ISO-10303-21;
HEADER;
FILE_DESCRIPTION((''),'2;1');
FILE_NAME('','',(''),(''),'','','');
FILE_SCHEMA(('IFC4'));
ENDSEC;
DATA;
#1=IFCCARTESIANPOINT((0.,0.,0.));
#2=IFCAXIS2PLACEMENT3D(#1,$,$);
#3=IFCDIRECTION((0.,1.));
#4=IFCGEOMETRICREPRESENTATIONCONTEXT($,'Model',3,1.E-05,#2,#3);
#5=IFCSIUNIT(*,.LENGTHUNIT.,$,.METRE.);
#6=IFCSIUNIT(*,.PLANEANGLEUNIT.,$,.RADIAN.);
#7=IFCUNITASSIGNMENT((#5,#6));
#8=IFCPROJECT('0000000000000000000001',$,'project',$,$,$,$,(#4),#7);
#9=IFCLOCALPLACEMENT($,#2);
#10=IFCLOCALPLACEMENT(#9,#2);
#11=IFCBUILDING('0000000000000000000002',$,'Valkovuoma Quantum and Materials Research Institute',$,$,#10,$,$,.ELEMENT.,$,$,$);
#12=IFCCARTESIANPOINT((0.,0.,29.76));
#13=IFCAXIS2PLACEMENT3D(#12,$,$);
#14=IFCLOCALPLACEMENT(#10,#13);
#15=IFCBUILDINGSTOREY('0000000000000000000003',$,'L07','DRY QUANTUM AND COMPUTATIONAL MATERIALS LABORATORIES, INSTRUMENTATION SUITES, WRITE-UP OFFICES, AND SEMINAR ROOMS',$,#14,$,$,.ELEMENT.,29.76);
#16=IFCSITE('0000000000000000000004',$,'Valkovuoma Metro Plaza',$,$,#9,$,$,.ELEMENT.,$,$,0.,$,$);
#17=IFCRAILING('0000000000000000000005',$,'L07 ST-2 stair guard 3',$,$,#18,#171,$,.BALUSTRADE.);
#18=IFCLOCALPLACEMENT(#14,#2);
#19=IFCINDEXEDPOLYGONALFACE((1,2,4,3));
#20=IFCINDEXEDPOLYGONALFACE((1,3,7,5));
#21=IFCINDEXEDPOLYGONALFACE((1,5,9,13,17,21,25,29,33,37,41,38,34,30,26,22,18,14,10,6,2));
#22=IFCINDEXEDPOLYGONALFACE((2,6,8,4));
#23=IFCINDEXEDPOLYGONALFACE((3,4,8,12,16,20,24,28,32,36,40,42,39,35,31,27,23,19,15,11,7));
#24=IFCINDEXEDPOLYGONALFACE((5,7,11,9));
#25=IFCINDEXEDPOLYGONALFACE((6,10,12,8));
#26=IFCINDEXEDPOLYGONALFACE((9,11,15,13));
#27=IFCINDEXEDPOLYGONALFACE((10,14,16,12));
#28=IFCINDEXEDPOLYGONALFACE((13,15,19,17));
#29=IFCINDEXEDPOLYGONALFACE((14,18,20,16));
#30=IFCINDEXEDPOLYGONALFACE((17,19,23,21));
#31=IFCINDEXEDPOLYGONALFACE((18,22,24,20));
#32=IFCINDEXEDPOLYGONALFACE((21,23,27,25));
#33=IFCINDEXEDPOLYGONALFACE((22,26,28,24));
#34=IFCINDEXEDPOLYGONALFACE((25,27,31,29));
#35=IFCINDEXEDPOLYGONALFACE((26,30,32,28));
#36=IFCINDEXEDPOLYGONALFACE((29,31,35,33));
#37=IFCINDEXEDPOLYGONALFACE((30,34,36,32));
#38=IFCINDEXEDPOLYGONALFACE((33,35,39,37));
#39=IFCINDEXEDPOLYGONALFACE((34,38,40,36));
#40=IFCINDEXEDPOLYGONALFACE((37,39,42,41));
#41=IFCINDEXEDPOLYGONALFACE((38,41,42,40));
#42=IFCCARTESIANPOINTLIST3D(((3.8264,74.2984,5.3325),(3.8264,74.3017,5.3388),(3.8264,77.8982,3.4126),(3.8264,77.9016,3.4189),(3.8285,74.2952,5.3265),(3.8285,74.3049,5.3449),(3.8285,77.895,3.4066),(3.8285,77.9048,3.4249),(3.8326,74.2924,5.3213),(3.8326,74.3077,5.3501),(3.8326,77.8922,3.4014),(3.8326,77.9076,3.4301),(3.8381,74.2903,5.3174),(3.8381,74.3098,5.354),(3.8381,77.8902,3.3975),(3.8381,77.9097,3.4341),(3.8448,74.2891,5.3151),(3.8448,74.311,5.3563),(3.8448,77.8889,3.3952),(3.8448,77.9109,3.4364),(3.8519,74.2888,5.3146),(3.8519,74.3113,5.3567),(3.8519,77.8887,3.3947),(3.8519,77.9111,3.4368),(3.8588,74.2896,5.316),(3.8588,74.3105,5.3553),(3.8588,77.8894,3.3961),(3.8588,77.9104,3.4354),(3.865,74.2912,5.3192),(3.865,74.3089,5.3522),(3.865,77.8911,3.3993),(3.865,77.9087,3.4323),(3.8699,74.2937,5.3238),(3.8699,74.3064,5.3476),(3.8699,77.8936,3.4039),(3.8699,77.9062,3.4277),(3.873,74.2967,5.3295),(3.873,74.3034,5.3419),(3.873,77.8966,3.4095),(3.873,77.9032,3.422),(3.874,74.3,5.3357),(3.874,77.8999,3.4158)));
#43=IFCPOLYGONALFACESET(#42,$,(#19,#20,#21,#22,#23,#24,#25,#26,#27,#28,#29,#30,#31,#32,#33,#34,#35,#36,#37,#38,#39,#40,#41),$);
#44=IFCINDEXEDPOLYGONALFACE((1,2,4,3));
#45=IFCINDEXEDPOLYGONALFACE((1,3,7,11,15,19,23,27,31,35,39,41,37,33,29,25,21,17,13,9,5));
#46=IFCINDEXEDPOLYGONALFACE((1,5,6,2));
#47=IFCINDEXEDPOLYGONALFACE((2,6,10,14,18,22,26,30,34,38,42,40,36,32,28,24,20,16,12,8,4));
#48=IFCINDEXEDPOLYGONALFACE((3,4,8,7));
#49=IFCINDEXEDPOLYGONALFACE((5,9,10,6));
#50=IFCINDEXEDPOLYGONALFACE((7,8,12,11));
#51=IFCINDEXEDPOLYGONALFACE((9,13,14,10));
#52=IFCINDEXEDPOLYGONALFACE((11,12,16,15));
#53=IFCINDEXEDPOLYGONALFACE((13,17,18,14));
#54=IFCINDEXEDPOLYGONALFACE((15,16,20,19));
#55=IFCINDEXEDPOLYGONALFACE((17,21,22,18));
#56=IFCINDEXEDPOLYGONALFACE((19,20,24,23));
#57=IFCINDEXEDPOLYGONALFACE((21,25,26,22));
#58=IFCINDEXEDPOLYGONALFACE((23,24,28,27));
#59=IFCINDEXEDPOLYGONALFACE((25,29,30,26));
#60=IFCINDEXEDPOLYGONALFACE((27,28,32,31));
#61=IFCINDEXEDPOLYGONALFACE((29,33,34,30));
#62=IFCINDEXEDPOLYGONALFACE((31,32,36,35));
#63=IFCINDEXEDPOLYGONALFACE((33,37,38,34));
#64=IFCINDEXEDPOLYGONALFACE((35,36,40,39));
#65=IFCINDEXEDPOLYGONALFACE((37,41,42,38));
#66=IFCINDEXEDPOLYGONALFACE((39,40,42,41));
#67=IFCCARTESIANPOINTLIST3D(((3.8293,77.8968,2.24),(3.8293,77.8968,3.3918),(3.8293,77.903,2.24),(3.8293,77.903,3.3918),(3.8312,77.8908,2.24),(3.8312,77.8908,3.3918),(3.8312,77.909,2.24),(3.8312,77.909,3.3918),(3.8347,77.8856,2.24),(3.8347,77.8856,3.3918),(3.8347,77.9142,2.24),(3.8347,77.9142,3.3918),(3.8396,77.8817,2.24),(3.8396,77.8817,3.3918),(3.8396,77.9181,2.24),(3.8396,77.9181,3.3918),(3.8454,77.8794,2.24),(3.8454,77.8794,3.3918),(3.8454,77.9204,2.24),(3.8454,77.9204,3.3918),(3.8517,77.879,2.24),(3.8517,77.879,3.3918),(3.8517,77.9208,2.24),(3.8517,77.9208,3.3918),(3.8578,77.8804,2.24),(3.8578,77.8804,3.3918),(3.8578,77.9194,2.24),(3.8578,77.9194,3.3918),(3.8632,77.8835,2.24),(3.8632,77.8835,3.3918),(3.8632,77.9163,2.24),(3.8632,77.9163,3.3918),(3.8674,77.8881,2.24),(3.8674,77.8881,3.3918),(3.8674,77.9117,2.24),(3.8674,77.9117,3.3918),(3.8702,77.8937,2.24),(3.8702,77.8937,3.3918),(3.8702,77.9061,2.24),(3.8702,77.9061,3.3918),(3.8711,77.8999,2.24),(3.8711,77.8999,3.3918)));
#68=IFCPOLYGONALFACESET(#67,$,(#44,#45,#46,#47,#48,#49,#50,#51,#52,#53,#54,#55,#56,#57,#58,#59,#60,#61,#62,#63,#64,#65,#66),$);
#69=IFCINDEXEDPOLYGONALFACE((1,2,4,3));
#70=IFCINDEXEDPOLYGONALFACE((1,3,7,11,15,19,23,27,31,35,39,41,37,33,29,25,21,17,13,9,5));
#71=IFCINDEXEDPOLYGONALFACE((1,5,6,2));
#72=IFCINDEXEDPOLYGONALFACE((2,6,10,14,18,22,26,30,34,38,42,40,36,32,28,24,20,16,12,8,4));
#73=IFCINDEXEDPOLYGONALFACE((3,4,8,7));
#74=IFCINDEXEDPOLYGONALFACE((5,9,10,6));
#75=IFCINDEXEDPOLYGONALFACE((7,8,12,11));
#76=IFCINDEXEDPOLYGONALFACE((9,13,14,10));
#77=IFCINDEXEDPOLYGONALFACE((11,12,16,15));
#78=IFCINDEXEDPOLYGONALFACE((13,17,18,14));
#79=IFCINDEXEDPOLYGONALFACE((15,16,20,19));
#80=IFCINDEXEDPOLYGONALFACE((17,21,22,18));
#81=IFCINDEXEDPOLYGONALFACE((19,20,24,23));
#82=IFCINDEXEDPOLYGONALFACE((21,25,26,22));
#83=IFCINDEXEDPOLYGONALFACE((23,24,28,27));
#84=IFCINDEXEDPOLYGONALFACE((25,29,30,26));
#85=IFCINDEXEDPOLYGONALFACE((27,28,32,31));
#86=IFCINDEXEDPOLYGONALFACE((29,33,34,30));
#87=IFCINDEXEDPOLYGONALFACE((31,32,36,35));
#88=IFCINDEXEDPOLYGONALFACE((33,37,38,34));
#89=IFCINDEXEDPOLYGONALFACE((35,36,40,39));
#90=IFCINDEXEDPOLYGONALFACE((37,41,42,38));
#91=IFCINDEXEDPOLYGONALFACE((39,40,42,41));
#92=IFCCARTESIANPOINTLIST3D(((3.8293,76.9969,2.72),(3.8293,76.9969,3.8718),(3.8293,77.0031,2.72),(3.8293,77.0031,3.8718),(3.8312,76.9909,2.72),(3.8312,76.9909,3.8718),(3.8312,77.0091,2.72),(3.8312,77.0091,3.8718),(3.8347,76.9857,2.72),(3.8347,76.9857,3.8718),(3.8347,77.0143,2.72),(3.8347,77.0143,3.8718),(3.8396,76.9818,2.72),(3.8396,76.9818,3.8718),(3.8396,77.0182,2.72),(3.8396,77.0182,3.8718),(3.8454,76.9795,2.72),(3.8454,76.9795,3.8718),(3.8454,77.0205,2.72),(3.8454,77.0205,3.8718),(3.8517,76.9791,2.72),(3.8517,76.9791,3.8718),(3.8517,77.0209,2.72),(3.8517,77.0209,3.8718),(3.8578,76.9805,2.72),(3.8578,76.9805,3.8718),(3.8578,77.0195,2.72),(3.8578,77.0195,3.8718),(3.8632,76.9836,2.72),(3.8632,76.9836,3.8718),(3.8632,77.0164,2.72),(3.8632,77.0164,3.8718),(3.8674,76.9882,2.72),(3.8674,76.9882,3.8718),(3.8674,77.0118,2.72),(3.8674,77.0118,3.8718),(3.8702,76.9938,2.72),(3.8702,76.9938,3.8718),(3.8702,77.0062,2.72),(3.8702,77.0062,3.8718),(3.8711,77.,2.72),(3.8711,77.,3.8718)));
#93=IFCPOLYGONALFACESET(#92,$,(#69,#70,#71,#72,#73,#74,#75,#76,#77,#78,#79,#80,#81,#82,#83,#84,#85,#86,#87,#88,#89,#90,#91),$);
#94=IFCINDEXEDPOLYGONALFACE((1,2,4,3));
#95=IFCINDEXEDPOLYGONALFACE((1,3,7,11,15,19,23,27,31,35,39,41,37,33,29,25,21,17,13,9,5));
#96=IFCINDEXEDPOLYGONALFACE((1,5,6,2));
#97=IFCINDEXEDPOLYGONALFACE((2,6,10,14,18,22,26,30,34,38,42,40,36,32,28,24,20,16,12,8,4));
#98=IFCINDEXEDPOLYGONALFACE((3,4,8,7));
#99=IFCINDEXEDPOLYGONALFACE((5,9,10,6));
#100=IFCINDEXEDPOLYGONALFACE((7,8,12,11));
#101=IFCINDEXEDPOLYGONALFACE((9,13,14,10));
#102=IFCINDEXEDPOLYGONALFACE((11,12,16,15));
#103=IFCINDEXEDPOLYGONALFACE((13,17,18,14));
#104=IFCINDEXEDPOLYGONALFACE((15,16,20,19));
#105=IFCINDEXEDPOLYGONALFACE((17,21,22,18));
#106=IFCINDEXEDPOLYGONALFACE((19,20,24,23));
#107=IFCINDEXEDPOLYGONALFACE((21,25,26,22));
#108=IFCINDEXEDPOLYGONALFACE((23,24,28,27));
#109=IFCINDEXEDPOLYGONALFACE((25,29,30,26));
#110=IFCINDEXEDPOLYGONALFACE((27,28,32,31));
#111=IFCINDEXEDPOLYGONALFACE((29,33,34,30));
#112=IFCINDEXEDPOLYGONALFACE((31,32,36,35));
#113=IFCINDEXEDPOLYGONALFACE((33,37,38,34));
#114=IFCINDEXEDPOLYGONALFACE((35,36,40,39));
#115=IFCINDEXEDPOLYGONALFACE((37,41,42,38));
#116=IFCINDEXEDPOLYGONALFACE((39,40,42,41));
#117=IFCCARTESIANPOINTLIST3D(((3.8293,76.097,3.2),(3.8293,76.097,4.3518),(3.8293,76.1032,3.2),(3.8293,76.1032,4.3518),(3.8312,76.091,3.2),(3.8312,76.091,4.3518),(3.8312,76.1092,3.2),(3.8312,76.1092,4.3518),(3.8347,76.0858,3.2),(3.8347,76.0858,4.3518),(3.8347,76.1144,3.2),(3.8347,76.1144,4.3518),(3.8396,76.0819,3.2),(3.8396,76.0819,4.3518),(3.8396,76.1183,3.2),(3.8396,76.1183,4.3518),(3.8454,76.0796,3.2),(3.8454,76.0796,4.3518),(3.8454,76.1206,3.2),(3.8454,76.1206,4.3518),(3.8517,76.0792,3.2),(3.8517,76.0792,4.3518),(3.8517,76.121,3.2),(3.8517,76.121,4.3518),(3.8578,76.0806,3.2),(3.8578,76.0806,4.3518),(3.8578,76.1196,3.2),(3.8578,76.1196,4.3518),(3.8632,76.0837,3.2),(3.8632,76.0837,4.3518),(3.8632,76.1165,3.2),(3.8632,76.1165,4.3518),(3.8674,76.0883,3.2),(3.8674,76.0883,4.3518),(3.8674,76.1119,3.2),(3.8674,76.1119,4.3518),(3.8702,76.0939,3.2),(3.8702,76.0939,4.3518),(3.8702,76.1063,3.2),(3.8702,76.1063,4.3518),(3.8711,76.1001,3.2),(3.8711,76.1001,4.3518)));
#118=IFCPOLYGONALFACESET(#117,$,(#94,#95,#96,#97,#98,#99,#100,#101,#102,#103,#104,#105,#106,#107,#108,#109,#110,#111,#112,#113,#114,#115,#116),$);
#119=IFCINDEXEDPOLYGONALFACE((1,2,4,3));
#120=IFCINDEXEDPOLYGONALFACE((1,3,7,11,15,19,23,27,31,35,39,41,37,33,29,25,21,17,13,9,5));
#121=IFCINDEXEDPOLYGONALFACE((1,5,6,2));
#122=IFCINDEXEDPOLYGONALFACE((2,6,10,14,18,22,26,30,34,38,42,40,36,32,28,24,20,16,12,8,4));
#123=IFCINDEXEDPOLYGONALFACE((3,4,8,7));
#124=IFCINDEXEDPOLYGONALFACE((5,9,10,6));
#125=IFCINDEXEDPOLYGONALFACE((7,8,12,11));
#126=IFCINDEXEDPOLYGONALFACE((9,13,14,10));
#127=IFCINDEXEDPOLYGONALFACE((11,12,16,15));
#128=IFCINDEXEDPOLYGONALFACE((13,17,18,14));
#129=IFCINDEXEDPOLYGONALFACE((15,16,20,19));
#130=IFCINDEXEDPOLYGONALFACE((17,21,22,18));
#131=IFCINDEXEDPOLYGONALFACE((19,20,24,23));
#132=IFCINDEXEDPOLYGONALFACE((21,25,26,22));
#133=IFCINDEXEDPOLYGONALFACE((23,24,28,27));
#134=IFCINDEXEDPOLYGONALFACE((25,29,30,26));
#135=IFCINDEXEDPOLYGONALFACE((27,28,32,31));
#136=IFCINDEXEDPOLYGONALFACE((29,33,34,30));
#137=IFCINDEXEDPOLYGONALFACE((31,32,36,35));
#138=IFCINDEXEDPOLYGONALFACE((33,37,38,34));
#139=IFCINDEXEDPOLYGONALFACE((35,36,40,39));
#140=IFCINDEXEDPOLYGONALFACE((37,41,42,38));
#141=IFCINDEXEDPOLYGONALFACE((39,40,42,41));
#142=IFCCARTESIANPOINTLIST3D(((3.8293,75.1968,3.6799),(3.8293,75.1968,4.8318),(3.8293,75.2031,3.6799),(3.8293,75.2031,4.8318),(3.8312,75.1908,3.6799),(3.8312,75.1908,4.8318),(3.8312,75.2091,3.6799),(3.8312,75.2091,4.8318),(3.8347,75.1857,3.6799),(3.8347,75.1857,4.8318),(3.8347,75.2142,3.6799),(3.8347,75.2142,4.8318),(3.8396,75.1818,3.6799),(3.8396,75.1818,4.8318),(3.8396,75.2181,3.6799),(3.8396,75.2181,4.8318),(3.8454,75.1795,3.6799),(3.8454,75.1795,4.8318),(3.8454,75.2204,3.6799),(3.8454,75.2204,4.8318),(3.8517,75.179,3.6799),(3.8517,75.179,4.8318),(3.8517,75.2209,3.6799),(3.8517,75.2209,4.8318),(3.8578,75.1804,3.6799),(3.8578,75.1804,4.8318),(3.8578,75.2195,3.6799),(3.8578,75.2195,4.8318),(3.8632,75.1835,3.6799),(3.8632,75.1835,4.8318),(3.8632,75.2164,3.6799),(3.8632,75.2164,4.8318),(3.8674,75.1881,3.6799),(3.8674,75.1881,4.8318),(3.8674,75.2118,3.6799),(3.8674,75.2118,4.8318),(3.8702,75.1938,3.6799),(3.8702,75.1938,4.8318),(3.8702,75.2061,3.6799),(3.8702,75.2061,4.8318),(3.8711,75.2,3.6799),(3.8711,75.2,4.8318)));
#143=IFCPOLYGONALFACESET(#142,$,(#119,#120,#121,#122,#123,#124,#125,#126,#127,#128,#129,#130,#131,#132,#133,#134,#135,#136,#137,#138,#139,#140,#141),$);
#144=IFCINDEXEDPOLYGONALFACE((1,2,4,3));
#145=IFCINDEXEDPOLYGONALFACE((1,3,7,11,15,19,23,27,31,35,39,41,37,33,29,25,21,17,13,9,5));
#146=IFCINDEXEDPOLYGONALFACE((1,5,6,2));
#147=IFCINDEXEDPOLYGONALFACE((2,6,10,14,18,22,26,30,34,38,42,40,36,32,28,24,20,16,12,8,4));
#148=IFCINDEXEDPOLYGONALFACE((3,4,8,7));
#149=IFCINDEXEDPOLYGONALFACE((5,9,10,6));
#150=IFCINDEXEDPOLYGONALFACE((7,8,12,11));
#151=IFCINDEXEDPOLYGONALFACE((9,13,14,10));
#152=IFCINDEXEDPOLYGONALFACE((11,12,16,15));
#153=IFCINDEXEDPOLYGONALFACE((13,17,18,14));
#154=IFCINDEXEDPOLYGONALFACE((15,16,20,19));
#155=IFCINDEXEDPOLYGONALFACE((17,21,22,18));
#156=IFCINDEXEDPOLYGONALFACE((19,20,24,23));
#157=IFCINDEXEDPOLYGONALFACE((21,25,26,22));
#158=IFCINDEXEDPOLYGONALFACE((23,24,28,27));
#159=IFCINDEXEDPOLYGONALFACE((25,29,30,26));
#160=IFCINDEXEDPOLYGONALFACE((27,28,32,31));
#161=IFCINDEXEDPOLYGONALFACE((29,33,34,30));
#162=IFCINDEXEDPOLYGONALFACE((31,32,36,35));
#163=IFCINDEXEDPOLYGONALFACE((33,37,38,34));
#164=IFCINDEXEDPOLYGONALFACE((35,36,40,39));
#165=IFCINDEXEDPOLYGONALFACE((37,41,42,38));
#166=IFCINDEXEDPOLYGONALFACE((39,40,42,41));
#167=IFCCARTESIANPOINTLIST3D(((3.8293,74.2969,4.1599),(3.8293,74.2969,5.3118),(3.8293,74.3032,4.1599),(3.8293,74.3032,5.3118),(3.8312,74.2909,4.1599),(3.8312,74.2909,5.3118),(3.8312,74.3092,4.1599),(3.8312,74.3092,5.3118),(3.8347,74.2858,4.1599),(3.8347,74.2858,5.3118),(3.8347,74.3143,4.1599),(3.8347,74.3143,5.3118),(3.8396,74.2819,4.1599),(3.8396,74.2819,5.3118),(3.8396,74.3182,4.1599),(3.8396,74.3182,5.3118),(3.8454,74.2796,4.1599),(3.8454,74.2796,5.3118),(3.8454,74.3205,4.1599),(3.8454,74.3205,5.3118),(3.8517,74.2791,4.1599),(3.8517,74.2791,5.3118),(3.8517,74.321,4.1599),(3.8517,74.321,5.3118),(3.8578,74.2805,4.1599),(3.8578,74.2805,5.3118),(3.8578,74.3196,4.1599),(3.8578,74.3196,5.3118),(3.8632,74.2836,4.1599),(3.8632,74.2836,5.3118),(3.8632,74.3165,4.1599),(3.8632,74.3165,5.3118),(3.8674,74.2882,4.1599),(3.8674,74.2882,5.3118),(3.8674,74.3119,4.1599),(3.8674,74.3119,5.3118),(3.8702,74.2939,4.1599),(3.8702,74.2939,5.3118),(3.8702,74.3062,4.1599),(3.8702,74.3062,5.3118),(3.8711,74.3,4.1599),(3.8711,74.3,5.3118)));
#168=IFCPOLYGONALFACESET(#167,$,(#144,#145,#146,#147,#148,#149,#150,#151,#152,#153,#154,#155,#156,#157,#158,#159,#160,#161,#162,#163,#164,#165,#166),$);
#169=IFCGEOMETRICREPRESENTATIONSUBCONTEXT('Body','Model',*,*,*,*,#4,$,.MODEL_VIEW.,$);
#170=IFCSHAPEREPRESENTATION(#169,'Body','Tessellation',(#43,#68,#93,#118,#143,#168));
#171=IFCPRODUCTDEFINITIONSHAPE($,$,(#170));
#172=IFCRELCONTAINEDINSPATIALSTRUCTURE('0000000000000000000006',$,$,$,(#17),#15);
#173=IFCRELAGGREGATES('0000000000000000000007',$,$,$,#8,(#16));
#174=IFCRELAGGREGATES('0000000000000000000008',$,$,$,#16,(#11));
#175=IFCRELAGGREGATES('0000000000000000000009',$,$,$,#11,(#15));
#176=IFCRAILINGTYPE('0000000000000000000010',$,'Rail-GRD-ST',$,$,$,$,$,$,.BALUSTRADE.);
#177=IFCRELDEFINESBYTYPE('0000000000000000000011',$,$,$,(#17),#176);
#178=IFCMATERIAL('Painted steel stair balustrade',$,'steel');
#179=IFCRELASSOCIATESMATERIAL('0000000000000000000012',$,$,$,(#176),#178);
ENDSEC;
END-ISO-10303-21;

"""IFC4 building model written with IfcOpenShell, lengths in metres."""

from ifc_helpers import new_model, si_unit, direction, frame, origin, origin_2d, place, context, subcontext, project, spatial, circle, extrude, material, type_object, element, save


model = new_model("IFC4")

# Units and contexts
model_context = context("Model", 3, precision=1e-05, world=origin(), true_north=direction((0.0, 1.0)))
body_context = subcontext(model_context, "Body", "Model", "MODEL_VIEW")
ifc_project = project(units=[si_unit("LENGTHUNIT", "METRE"), si_unit("PLANEANGLEUNIT", "RADIAN")], contexts=[model_context])

# Site, building, storey
site_placement = place(None, origin())
site = spatial("IfcSite", under=ifc_project, at=site_placement, Name="Valkovuoma Metro Plaza", CompositionType="ELEMENT", RefElevation=0.0)
building_placement = place(site_placement, origin())
building = spatial("IfcBuilding", under=site, at=building_placement, Name="Valkovuoma Quantum and Materials Research Institute", CompositionType="ELEMENT")
storey_placement = place(building_placement, frame((0.0, 0.0, 29.76)))
storey = spatial("IfcBuildingStorey", under=building, at=storey_placement, Name="L07", Description="DRY QUANTUM AND COMPUTATIONAL MATERIALS LABORATORIES, INSTRUMENTATION SUITES, WRITE-UP OFFICES, AND SEMINAR ROOMS", CompositionType="ELEMENT", Elevation=29.76)

# Railing
ifc_material_1 = material(Name="Painted steel stair balustrade", Category="steel")
railing_type_1 = type_object("IfcRailingType", Name="Rail-GRD-ST", PredefinedType="BALUSTRADE", material=ifc_material_1)
railing_1_placement = place(storey_placement, frame((3.8501, 77.8999, 2.24)))
element("IfcRailing", 1, at=railing_1_placement, inside=storey, type_object=railing_type_1, Name="L07 ST-2 stair guard 3", PredefinedType="BALUSTRADE", context=body_context, shape_type="SweptSolid", body=[
    extrude(circle(Radius=0.0239, at=origin_2d()), frame((0.0, 0.0, 1.1758), z_axis=(0.0, -0.882353, 0.470588), x_axis=(1.0, 0.0, 0.0)), (0.0, 0.0, 1.0), 4.0798),
    extrude(circle(Radius=0.021, at=origin_2d()), origin(), (0.0, 0.0, 1.0), 1.1519),
    extrude(circle(Radius=0.021, at=origin_2d()), frame((0.0, -0.8999, 0.48)), (0.0, 0.0, 1.0), 1.1519),
    extrude(circle(Radius=0.021, at=origin_2d()), frame((0.0, -1.7998, 0.96)), (0.0, 0.0, 1.0), 1.1519),
    extrude(circle(Radius=0.021, at=origin_2d()), frame((0.0, -2.7, 1.4399)), (0.0, 0.0, 1.0), 1.1519),
    extrude(circle(Radius=0.021, at=origin_2d()), frame((0.0, -3.5999, 1.9199)), (0.0, 0.0, 1.0), 1.1519),
])

save(model, "model.ifc")
